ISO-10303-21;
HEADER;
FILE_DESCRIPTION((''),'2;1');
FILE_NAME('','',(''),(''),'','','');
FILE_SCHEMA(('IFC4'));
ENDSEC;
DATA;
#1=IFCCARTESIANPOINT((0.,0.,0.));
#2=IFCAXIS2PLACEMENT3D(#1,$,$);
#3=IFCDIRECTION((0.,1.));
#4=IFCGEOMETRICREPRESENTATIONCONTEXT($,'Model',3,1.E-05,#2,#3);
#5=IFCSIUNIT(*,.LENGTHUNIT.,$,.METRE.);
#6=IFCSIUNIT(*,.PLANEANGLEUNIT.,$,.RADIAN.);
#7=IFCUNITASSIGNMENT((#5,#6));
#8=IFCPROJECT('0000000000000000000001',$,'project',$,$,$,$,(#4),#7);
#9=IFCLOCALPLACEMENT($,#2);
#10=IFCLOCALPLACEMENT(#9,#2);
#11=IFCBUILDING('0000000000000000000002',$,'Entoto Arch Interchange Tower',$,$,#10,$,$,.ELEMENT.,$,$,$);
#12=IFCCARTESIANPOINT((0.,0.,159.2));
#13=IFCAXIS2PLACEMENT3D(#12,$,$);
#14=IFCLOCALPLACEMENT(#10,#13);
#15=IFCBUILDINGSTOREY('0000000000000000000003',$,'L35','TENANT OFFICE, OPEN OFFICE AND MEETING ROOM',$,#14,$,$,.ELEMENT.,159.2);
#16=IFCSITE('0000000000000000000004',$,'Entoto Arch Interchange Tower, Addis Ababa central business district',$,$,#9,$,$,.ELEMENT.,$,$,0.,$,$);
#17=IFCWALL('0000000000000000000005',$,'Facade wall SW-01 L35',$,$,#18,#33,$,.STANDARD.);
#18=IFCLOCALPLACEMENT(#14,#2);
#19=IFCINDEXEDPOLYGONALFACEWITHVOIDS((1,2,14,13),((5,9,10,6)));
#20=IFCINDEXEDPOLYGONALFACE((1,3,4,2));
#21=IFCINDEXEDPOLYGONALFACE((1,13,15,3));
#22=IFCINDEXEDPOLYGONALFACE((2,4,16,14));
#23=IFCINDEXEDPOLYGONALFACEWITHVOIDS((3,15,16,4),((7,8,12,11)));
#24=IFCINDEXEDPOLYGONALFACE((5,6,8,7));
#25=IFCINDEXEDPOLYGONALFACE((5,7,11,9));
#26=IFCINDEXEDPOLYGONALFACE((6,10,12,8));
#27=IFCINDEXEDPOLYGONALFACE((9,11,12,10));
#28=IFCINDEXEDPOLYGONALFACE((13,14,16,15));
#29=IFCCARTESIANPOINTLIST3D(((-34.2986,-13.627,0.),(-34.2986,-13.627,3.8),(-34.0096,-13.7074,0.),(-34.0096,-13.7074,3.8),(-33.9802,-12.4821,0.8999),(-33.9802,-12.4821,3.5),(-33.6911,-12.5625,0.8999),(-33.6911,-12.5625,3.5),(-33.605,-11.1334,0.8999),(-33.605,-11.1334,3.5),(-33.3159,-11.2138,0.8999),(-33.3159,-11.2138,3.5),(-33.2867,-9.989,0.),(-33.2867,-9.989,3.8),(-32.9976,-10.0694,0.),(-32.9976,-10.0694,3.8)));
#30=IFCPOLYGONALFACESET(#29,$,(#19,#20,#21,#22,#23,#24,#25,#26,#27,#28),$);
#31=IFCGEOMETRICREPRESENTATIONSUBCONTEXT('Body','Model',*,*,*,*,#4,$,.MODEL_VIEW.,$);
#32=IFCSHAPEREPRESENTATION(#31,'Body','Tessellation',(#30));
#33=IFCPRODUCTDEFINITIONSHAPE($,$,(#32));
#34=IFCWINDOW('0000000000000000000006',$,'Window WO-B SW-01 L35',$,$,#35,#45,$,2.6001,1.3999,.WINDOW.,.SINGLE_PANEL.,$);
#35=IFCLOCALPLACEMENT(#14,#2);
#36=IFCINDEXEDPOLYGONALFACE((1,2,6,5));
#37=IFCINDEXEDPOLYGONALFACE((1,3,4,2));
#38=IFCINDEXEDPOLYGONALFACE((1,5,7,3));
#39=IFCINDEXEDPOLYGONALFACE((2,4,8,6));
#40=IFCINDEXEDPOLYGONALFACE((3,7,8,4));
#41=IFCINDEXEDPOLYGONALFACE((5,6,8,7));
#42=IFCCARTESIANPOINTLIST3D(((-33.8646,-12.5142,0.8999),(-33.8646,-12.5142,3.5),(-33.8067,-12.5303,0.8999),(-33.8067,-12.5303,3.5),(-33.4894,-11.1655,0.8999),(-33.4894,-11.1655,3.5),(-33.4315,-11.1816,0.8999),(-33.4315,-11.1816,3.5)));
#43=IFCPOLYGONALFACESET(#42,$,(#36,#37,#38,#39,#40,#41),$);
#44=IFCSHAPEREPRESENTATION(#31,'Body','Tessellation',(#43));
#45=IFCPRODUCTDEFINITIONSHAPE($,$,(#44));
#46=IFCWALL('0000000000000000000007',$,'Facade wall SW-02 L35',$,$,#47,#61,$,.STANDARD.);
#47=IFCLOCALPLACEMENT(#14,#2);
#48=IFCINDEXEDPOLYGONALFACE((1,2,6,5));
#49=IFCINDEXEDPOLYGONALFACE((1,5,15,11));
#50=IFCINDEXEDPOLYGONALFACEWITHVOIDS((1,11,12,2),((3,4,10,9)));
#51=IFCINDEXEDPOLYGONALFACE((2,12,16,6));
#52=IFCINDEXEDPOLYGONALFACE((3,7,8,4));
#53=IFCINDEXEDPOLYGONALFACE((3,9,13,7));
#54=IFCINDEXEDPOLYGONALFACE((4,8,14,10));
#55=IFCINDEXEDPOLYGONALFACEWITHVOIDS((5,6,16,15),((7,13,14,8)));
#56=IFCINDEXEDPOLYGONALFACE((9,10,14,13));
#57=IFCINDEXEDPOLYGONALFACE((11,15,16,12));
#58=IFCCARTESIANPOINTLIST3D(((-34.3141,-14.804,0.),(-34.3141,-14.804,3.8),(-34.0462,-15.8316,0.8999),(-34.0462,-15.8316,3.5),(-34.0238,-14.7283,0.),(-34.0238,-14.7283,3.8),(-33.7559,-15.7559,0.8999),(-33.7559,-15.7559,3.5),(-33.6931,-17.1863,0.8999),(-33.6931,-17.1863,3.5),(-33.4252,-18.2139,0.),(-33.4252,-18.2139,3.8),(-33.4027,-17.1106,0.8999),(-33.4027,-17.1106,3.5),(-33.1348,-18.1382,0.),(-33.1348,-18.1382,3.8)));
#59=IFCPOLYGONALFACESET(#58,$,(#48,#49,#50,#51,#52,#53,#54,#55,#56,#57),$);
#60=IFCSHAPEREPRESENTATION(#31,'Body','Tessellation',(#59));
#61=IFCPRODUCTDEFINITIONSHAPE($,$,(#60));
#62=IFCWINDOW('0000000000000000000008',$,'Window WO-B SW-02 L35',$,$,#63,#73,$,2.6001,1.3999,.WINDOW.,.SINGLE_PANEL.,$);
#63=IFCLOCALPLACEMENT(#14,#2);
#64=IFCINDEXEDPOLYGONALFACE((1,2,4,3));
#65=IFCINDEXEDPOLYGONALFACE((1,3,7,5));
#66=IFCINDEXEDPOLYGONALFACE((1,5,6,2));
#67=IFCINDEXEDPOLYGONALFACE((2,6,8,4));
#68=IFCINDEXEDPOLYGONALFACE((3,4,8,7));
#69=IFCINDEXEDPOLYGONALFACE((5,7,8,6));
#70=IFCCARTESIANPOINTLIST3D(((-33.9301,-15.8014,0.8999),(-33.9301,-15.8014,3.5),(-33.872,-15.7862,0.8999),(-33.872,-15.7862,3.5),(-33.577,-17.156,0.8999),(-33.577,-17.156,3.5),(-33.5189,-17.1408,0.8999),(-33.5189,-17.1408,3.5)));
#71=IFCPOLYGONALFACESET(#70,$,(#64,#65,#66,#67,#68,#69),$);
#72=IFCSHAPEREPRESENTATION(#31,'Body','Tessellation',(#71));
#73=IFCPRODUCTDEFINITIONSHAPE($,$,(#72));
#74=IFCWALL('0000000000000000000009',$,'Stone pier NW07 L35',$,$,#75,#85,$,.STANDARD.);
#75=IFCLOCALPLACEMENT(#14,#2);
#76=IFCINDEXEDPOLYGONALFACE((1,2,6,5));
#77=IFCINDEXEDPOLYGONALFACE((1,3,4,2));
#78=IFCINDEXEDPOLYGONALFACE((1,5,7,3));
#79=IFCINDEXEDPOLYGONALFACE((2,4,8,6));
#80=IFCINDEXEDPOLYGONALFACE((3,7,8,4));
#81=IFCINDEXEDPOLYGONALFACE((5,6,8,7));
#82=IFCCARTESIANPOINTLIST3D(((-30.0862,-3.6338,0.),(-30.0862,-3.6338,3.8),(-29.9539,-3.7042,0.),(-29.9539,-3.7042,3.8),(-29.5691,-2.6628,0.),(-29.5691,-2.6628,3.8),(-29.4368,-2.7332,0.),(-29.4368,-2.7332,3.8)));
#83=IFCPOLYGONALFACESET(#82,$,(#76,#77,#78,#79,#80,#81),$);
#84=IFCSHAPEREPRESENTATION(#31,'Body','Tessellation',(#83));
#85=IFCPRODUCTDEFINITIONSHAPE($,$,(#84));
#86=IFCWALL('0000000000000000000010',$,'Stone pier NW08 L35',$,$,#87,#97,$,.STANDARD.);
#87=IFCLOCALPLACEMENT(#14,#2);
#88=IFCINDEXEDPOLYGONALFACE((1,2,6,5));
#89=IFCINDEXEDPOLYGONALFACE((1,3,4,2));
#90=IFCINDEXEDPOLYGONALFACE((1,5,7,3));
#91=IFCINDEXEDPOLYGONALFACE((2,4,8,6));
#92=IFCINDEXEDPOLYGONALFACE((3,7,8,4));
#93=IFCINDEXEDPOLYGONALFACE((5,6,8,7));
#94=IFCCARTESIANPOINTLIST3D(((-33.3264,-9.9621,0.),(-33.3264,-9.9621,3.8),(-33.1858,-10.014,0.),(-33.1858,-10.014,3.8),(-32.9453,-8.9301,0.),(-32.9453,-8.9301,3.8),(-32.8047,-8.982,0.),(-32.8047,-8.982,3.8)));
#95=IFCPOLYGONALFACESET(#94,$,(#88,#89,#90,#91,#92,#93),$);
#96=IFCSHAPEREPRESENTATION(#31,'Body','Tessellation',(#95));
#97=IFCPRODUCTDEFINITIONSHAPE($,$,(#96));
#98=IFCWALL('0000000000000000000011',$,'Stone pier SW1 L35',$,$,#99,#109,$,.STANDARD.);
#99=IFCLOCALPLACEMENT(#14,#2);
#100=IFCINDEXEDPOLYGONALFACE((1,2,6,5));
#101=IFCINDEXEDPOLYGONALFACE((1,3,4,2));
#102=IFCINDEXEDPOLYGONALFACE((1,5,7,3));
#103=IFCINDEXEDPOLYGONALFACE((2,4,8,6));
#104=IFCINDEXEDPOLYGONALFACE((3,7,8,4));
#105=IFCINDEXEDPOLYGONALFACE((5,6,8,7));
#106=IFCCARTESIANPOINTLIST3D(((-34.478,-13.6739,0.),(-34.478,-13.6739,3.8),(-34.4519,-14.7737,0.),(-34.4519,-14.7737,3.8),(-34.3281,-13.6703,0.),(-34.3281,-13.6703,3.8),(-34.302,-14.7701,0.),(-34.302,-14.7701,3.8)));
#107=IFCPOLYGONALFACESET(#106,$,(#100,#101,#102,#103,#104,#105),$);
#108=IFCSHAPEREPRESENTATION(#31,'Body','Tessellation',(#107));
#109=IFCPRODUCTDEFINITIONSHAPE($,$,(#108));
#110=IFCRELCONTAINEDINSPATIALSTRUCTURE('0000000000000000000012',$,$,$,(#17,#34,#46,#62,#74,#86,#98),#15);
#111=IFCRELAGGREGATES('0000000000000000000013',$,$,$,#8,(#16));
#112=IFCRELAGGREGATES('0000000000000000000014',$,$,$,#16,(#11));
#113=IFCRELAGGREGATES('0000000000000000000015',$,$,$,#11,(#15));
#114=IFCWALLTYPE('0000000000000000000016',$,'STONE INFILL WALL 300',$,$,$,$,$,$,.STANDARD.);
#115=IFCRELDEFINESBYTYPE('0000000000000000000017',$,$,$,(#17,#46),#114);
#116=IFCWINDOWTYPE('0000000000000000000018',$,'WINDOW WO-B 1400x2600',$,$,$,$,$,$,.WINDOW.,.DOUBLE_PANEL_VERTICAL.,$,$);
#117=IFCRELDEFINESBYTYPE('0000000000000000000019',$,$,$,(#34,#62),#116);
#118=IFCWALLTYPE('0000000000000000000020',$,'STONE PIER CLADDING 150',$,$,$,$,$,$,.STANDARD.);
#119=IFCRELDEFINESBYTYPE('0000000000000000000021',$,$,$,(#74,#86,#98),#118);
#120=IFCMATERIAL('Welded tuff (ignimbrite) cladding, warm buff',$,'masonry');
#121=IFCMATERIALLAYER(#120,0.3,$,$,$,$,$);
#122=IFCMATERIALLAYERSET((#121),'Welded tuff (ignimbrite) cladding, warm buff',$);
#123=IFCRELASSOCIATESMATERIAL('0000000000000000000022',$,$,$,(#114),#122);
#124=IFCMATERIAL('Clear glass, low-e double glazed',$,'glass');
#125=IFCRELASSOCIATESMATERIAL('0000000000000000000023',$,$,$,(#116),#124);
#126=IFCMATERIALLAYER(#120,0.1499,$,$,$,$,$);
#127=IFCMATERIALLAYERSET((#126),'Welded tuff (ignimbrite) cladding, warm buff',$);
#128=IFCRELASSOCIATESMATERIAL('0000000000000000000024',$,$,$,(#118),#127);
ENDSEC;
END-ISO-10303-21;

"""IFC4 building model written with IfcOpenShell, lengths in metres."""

from ifc_helpers import new_model, si_unit, direction, frame, frame_2d, origin, place, context, subcontext, project, spatial, rectangle, extrude, material, layer, layer_set, type_object, element, fill, save


model = new_model("IFC4")

# Units and contexts
model_context = context("Model", 3, precision=1e-05, world=origin(), true_north=direction((0.0, 1.0)))
body_context = subcontext(model_context, "Body", "Model", "MODEL_VIEW")
ifc_project = project(units=[si_unit("LENGTHUNIT", "METRE"), si_unit("PLANEANGLEUNIT", "RADIAN")], contexts=[model_context])

# Site, building, storey
site_placement = place(None, origin())
site = spatial("IfcSite", under=ifc_project, at=site_placement, Name="Entoto Arch Interchange Tower, Addis Ababa central business district", CompositionType="ELEMENT", RefElevation=0.0)
building_placement = place(site_placement, origin())
building = spatial("IfcBuilding", under=site, at=building_placement, Name="Entoto Arch Interchange Tower", CompositionType="ELEMENT")
storey_placement = place(building_placement, frame((0.0, 0.0, 159.2)))
storey = spatial("IfcBuildingStorey", under=building, at=storey_placement, Name="L35", Description="TENANT OFFICE, OPEN OFFICE AND MEETING ROOM", CompositionType="ELEMENT", Elevation=159.2)

# Shared definitions
ifc_material_1 = material(Name="Welded tuff (ignimbrite) cladding, warm buff", Category="masonry")
ifc_layer_1 = layer(ifc_material_1, 0.3)
ifc_layer_set_1 = layer_set([ifc_layer_1], Name="Welded tuff (ignimbrite) cladding, warm buff")
wall_type_1 = type_object("IfcWallType", Name="STONE INFILL WALL 300", PredefinedType="STANDARD", material=ifc_layer_set_1)
ifc_material_2 = material(Name="Clear glass, low-e double glazed", Category="glass")

# Walls, openings, windows
wall_1_placement = place(storey_placement, frame((-33.1421, -10.0291, 0.0), z_axis=(0.0, 0.0, 1.0), x_axis=(-0.267994, -0.963421, 0.0)))
wall_1 = element("IfcWall", 1, at=wall_1_placement, inside=storey, type_object=wall_type_1, Name="Facade wall SW-01 L35", PredefinedType="STANDARD", context=body_context, shape_type="SweptSolid", body=[
    extrude(rectangle(XDim=3.7761, YDim=0.3, at=frame_2d((1.8882, 0.0))), origin(), (0.0, 0.0, 1.0), 3.8),
])
opening_1_placement = place(wall_1_placement, frame((1.188, 0.0, 0.8999)))
opening_1 = element("IfcOpeningElement", 2, at=opening_1_placement, cuts=wall_1, PredefinedType="OPENING", context=body_context, shape_type="SweptSolid", body=[
    extrude(rectangle(XDim=1.3999, YDim=2.6001, at=frame_2d((0.7, 1.3))), frame((0.0, 0.1602, 0.0), z_axis=(0.0, -1.0, 0.0), x_axis=(1.0, 0.0, 0.0)), (0.0, 0.0, 1.0), 0.3201),
])
window_type_1 = type_object("IfcWindowType", Name="WINDOW WO-B 1400x2600", PartitioningType="DOUBLE_PANEL_VERTICAL", PredefinedType="WINDOW", material=ifc_material_2)
window_1_placement = place(opening_1_placement, origin())
window_1 = element("IfcWindow", 3, at=window_1_placement, inside=storey, type_object=window_type_1, Name="Window WO-B SW-01 L35", OverallHeight=2.6001, OverallWidth=1.3999, PartitioningType="SINGLE_PANEL", PredefinedType="WINDOW", context=body_context, shape_type="SweptSolid", body=[
    extrude(rectangle(XDim=1.3999, YDim=2.6001, at=frame_2d((0.7, 1.3))), frame((0.0, 0.03, 0.0), z_axis=(0.0, -1.0, 0.0), x_axis=(1.0, 0.0, 0.0)), (0.0, 0.0, 1.0), 0.0601),
])
fill(opening_1, window_1)
wall_2_placement = place(storey_placement, frame((-34.1689, -14.7661, 0.0), z_axis=(0.0, 0.0, 1.0), x_axis=(0.252255, -0.967661, 0.0)))
wall_2 = element("IfcWall", 4, at=wall_2_placement, inside=storey, type_object=wall_type_1, Name="Facade wall SW-02 L35", PredefinedType="STANDARD", context=body_context, shape_type="SweptSolid", body=[
    extrude(rectangle(XDim=3.5239, YDim=0.3, at=frame_2d((1.762, 0.0))), origin(), (0.0, 0.0, 1.0), 3.8),
])
opening_2_placement = place(wall_2_placement, frame((1.062, 0.0, 0.8999)))
opening_2 = element("IfcOpeningElement", 5, at=opening_2_placement, cuts=wall_2, PredefinedType="OPENING", context=body_context, shape_type="SweptSolid", body=[
    extrude(rectangle(XDim=1.3999, YDim=2.6001, at=frame_2d((0.7, 1.3))), frame((0.0, 0.1602, 0.0), z_axis=(0.0, -1.0, 0.0), x_axis=(1.0, 0.0, 0.0)), (0.0, 0.0, 1.0), 0.3201),
])
window_2_placement = place(opening_2_placement, origin())
window_2 = element("IfcWindow", 6, at=window_2_placement, inside=storey, type_object=window_type_1, Name="Window WO-B SW-02 L35", OverallHeight=2.6001, OverallWidth=1.3999, PartitioningType="SINGLE_PANEL", PredefinedType="WINDOW", context=body_context, shape_type="SweptSolid", body=[
    extrude(rectangle(XDim=1.3999, YDim=2.6001, at=frame_2d((0.7, 1.3))), frame((0.0, 0.03, 0.0), z_axis=(0.0, -1.0, 0.0), x_axis=(1.0, 0.0, 0.0)), (0.0, 0.0, 1.0), 0.0601),
])
fill(opening_2, window_2)

# Walls
ifc_layer_2 = layer(ifc_material_1, 0.1499)
ifc_layer_set_2 = layer_set([ifc_layer_2], Name="Welded tuff (ignimbrite) cladding, warm buff")
wall_type_2 = type_object("IfcWallType", Name="STONE PIER CLADDING 150", PredefinedType="STANDARD", material=ifc_layer_set_2)
for number, where, z_axis, x_axis, name in (
    (7, (-29.5029, -2.698, 0.0), (0.0, 0.0, 1.0), (-0.470058, -0.882635, 0.0), "Stone pier NW07 L35"),
    (8, (-32.875, -8.9561, 0.0), (0.0, 0.0, 1.0), (-0.346425, -0.938078, 0.0), "Stone pier NW08 L35"),
    (9, (-34.4031, -13.6721, 0.0), (0.0, 0.0, 1.0), (0.023745, -0.999718, 0.0), "Stone pier SW1 L35"),
):
    element("IfcWall", number, at=place(storey_placement, frame(where, z_axis=z_axis, x_axis=x_axis)), inside=storey, type_object=wall_type_2, Name=name, PredefinedType="STANDARD", context=body_context, shape_type="SweptSolid", body=[
        extrude(rectangle(XDim=1.1001, YDim=0.1499, at=frame_2d((0.55, 0.0))), origin(), (0.0, 0.0, 1.0), 3.8),
    ])

save(model, "model.ifc")
